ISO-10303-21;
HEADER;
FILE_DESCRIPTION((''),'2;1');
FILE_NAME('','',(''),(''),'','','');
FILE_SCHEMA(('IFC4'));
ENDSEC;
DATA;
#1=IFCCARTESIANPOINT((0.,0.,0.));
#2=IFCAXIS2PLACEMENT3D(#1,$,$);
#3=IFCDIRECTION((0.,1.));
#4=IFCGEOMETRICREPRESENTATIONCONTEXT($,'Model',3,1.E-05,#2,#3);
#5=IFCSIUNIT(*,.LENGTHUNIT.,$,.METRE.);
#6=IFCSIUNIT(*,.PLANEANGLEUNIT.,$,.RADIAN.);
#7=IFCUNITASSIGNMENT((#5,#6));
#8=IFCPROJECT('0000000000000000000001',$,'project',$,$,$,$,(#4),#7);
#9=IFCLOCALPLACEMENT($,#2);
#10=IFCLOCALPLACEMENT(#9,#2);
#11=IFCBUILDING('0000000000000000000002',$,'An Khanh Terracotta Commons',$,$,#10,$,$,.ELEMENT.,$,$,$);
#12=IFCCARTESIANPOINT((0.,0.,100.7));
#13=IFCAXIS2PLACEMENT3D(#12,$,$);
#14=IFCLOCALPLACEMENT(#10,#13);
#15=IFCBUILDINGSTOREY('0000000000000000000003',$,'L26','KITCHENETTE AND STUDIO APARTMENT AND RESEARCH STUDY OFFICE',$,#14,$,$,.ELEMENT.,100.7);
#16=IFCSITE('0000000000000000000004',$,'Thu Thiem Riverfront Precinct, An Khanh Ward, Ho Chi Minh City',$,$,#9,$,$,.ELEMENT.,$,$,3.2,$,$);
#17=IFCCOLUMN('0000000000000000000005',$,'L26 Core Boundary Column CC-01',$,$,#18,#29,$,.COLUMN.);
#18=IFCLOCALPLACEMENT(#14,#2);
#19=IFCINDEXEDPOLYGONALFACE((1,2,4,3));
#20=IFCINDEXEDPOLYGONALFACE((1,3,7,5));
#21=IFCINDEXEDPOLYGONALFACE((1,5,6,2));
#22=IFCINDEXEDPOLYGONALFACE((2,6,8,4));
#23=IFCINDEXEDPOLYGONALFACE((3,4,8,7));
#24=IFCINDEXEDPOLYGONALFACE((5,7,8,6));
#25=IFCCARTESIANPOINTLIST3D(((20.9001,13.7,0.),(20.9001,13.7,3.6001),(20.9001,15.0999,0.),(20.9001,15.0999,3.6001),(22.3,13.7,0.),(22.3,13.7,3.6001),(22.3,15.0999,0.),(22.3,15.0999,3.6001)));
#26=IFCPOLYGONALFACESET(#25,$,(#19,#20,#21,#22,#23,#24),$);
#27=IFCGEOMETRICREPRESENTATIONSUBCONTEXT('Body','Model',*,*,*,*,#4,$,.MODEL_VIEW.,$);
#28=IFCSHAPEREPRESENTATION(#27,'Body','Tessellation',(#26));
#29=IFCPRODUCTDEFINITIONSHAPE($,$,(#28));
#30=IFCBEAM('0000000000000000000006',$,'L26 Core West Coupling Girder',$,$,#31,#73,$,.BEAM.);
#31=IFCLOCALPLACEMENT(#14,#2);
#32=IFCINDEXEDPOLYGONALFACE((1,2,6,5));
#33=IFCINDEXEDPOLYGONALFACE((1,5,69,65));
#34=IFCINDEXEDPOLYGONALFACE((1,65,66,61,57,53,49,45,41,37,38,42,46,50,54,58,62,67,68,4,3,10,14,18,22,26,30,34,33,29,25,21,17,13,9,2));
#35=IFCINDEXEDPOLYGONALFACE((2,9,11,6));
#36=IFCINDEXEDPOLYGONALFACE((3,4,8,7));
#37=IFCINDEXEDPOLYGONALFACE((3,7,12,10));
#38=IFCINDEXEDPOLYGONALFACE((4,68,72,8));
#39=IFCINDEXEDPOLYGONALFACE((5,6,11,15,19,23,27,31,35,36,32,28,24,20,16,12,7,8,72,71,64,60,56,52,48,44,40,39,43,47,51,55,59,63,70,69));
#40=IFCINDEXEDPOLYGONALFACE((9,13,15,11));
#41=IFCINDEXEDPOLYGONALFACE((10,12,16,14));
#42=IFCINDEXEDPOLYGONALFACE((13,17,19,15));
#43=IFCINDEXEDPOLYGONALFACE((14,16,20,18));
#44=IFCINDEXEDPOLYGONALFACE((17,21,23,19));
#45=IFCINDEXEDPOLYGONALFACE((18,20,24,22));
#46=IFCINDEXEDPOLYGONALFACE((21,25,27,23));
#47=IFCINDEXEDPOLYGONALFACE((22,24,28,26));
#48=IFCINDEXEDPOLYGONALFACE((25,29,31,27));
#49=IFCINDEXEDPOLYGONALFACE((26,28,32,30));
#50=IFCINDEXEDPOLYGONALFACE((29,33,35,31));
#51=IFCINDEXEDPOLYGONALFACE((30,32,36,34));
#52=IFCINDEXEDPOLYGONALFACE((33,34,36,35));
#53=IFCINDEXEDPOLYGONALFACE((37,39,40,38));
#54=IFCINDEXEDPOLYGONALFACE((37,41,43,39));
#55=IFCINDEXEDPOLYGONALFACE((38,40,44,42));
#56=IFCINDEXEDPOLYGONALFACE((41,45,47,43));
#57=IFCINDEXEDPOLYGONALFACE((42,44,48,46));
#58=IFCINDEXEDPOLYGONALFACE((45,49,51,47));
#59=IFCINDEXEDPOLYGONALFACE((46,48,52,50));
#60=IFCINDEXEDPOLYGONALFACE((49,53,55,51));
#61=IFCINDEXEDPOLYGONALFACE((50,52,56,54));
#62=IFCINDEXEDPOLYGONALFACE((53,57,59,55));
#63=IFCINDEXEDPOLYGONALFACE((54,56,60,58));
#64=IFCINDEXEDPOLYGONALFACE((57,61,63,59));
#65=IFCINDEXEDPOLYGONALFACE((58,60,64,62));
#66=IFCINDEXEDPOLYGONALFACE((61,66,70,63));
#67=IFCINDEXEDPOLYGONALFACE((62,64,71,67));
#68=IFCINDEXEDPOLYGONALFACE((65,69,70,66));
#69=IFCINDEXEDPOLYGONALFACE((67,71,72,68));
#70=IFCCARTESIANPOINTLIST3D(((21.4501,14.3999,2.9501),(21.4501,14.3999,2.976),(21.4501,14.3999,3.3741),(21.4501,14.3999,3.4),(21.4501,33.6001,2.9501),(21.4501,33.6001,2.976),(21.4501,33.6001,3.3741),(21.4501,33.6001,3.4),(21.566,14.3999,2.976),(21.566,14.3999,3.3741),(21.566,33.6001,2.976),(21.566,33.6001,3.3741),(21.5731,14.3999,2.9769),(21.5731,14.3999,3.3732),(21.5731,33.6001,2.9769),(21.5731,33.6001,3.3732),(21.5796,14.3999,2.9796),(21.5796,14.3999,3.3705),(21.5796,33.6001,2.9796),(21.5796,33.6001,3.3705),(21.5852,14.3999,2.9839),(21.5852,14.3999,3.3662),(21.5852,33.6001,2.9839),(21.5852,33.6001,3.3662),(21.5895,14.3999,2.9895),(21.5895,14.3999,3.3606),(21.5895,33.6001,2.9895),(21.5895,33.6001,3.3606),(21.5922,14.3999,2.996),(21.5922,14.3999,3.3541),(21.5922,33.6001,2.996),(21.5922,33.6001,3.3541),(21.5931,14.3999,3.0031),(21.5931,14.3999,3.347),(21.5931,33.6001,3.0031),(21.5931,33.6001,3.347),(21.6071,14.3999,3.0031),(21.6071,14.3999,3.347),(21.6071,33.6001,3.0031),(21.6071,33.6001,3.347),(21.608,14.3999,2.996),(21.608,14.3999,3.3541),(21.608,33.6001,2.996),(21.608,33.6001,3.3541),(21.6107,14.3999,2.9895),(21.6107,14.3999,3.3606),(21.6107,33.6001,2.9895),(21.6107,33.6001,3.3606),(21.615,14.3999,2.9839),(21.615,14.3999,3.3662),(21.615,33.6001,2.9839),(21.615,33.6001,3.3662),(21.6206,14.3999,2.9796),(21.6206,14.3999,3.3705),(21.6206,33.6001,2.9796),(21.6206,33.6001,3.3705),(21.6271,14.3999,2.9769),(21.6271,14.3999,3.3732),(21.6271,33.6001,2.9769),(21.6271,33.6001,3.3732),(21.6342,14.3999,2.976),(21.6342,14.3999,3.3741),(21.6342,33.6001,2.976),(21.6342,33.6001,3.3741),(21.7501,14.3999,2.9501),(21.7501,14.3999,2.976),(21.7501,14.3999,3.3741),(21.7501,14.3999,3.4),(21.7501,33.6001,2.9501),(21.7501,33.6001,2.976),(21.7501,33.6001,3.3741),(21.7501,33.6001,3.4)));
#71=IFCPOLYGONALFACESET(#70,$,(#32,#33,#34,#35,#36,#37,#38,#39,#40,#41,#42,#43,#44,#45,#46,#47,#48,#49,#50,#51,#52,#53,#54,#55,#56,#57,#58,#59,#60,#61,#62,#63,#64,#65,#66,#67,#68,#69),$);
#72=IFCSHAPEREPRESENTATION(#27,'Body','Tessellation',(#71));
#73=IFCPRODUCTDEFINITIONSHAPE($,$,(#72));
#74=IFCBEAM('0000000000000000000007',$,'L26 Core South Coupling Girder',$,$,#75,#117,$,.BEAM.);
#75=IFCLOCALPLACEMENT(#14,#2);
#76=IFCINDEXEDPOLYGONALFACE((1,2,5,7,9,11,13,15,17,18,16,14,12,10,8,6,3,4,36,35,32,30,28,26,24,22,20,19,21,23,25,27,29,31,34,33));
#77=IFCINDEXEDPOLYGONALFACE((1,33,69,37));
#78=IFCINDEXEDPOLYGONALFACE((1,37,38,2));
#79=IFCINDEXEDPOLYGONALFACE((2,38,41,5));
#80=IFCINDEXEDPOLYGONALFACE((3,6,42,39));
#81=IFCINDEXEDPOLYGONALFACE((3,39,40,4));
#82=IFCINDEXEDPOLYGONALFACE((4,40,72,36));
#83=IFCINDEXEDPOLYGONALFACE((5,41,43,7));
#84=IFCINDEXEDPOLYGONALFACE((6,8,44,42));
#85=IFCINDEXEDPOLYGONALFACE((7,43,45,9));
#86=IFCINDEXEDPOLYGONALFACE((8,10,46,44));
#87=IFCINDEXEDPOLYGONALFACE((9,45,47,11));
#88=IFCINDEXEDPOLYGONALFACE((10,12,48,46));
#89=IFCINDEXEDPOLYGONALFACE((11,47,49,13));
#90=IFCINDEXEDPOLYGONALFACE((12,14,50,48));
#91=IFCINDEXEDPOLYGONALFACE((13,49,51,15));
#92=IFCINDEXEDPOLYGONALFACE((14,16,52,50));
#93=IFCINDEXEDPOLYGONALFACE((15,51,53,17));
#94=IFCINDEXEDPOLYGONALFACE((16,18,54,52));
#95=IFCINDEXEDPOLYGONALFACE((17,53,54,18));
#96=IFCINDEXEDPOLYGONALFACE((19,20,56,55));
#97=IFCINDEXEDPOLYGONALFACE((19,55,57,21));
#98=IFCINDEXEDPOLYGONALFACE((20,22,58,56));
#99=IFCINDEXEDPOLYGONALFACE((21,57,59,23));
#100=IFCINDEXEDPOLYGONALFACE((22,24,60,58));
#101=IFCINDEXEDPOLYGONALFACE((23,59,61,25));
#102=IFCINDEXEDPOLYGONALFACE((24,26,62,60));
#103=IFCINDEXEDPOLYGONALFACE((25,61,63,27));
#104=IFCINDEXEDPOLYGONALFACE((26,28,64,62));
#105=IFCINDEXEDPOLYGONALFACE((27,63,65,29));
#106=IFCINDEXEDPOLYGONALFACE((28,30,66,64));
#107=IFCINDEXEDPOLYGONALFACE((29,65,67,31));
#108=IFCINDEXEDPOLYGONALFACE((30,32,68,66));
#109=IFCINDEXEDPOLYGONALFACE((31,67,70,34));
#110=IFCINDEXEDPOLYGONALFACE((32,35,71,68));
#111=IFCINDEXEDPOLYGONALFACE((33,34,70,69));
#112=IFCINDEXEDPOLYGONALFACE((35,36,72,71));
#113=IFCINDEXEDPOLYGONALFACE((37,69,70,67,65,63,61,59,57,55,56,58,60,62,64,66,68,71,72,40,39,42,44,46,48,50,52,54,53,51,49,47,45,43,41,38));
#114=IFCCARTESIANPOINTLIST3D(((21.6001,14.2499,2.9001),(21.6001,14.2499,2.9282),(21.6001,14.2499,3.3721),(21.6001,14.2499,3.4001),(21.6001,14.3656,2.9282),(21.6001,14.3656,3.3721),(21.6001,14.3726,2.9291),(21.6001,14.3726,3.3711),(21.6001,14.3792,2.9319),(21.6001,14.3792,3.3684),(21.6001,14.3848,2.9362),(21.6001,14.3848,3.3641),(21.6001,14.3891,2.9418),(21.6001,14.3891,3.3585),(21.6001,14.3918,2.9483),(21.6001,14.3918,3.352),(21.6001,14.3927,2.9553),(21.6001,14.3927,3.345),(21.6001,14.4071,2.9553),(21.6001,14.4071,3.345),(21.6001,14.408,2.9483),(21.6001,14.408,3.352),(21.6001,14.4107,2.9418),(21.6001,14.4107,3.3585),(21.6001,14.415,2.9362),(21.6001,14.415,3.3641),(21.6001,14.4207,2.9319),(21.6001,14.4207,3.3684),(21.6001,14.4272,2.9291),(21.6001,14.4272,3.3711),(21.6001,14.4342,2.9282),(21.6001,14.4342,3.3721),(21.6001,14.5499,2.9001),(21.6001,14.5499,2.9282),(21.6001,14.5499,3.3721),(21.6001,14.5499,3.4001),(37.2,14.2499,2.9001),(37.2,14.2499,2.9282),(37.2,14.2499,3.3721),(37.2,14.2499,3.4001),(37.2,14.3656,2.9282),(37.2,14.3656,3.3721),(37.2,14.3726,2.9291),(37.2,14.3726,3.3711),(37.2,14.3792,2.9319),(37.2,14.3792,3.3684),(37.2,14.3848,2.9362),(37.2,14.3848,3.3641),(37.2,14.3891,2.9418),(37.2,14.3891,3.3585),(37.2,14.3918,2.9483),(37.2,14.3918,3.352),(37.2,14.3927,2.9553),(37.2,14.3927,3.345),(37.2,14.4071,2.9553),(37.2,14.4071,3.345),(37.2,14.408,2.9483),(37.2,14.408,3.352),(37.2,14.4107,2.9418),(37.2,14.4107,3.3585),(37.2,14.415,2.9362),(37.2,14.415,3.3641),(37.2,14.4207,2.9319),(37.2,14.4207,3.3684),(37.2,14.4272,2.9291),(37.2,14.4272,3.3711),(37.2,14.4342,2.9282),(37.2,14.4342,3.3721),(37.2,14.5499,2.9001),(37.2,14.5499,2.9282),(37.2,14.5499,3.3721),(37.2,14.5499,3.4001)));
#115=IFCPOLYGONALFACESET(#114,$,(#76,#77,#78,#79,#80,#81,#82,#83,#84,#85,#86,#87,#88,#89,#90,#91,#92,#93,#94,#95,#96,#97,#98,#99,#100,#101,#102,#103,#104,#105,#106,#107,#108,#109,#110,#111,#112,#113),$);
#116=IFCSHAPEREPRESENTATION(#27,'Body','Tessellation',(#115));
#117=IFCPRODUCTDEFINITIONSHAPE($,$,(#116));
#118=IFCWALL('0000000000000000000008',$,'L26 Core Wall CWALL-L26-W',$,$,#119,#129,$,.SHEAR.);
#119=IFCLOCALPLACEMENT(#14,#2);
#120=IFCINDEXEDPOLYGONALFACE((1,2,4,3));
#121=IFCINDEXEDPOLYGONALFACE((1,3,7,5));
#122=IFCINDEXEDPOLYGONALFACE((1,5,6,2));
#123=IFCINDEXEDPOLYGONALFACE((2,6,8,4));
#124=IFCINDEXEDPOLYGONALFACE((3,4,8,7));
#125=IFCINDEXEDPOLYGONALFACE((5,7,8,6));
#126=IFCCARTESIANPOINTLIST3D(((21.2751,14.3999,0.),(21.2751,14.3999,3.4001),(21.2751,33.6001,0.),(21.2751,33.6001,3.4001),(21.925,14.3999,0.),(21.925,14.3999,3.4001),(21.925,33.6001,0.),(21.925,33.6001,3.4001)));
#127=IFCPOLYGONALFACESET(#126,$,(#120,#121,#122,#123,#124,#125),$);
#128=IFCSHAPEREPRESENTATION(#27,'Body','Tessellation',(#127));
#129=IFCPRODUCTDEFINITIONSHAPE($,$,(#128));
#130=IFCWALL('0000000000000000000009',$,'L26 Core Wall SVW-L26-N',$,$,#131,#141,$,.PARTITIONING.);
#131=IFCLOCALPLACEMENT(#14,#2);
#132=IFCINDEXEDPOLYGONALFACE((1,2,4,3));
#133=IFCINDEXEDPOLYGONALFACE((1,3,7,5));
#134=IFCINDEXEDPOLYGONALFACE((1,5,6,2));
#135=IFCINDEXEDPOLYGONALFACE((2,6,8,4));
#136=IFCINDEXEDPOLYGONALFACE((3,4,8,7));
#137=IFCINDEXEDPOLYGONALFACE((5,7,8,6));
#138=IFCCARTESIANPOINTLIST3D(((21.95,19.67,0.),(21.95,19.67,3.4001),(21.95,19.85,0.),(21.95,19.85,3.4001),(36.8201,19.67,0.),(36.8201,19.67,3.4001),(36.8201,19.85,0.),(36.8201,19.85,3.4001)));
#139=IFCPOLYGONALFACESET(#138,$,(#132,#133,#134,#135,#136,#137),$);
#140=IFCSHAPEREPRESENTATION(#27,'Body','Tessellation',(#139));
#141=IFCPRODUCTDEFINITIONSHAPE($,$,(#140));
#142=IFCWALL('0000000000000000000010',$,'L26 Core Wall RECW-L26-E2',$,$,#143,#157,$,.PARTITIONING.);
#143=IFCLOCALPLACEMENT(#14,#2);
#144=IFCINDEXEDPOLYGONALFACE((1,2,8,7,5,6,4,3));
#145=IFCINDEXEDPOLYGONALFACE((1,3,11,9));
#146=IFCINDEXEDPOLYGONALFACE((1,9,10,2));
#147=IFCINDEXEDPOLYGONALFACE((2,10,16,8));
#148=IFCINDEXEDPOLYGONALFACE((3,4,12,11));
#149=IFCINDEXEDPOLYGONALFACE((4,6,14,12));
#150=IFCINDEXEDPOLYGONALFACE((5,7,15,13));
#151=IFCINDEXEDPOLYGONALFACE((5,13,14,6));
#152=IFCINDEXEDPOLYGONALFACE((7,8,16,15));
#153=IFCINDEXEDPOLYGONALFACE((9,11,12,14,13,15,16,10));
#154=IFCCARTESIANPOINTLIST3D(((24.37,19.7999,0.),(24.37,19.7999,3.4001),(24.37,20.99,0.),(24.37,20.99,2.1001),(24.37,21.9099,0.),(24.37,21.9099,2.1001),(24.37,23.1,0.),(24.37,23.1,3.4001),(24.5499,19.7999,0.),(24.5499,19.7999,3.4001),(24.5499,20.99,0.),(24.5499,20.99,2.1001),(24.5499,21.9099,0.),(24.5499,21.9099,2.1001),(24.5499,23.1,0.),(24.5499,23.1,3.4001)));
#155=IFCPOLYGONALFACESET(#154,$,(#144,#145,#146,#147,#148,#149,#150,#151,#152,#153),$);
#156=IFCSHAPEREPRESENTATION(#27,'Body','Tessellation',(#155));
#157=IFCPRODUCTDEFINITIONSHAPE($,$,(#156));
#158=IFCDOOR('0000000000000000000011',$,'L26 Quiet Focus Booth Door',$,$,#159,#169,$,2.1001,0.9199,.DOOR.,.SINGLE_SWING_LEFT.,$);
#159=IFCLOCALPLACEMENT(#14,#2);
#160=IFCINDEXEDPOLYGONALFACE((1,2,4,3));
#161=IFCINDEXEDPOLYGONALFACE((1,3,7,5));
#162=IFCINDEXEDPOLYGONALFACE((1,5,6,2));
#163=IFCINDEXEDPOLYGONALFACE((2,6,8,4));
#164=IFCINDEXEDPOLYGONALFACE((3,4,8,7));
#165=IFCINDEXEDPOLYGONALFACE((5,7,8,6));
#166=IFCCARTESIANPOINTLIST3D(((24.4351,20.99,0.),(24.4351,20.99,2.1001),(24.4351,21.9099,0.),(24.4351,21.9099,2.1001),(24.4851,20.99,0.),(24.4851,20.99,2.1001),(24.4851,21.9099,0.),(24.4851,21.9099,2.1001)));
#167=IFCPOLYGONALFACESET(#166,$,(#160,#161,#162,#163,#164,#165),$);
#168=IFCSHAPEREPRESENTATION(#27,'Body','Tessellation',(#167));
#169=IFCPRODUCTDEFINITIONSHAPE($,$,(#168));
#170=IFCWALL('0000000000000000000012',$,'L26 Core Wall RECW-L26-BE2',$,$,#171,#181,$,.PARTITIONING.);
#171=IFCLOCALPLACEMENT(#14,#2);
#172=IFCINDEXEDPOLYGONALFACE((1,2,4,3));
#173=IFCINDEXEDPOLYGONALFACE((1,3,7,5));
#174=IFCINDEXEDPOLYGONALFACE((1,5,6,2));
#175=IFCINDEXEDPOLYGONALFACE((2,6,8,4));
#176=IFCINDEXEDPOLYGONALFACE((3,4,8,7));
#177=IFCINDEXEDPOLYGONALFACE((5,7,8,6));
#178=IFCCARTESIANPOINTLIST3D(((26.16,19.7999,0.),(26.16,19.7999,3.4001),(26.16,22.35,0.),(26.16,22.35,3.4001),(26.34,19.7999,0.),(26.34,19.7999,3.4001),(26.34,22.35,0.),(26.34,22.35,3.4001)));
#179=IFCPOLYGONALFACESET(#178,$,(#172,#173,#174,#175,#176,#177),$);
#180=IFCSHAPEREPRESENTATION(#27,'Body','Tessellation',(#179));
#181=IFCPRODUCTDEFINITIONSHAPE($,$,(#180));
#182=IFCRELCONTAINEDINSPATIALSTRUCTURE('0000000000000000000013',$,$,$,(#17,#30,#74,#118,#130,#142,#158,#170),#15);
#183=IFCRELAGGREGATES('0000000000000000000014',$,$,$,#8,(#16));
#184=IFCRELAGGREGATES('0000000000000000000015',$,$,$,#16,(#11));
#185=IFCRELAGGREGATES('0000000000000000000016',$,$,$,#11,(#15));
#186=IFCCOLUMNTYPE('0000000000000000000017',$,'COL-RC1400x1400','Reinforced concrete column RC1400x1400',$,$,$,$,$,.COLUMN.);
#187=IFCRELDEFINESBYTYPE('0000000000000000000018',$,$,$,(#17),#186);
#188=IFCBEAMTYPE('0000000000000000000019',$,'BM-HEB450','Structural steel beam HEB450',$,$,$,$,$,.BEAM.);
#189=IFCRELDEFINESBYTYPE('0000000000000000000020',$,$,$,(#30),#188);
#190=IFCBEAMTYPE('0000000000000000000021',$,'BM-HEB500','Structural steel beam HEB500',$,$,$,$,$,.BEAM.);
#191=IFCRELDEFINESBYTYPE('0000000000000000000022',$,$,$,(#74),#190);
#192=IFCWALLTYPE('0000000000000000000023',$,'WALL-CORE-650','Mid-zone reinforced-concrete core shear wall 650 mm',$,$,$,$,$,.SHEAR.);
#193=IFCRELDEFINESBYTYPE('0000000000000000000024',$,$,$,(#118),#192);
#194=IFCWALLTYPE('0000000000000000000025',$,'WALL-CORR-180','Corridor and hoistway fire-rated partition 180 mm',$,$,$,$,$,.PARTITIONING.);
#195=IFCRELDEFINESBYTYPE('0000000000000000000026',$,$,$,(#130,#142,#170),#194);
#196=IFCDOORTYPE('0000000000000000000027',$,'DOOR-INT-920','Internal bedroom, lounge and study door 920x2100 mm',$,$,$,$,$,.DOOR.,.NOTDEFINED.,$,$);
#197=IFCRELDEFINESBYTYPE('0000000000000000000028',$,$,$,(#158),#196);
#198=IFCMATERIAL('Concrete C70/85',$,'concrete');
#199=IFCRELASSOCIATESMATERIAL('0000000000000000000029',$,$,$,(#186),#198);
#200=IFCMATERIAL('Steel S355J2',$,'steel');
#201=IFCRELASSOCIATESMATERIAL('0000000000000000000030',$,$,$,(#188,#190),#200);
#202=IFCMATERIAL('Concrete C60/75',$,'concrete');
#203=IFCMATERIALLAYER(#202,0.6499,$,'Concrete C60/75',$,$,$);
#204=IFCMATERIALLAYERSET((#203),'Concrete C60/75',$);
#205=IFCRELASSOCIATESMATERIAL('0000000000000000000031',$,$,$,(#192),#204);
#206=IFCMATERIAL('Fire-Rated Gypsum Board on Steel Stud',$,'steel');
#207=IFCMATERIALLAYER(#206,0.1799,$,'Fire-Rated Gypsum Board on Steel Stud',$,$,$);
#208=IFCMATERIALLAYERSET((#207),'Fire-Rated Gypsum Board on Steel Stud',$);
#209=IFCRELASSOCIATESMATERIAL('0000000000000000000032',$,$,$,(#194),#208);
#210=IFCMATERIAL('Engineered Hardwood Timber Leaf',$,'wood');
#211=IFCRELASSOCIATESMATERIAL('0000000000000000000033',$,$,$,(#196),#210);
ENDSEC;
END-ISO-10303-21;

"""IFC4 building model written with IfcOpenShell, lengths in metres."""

from ifc_helpers import new_model, si_unit, direction, frame, frame_2d, origin, origin_2d, place, context, subcontext, project, spatial, rectangle, i_section, extrude, material, layer, layer_set, material_profile, profile_set, type_object, element, fill, save


model = new_model("IFC4")

# Units and contexts
model_context = context("Model", 3, precision=1e-05, world=origin(), true_north=direction((0.0, 1.0)))
body_context = subcontext(model_context, "Body", "Model", "MODEL_VIEW")
ifc_project = project(units=[si_unit("LENGTHUNIT", "METRE"), si_unit("PLANEANGLEUNIT", "RADIAN")], contexts=[model_context])

# Site, building, storey
site_placement = place(None, origin())
site = spatial("IfcSite", under=ifc_project, at=site_placement, Name="Thu Thiem Riverfront Precinct, An Khanh Ward, Ho Chi Minh City", CompositionType="ELEMENT", RefElevation=3.2)
building_placement = place(site_placement, origin())
building = spatial("IfcBuilding", under=site, at=building_placement, Name="An Khanh Terracotta Commons", CompositionType="ELEMENT")
storey_placement = place(building_placement, frame((0.0, 0.0, 100.7)))
storey = spatial("IfcBuildingStorey", under=building, at=storey_placement, Name="L26", Description="KITCHENETTE AND STUDIO APARTMENT AND RESEARCH STUDY OFFICE", CompositionType="ELEMENT", Elevation=100.7)

# Column
ifc_material_1 = material(Name="Concrete C70/85", Category="concrete")
ifc_material_profile_1 = material_profile(ifc_material_1, rectangle(XDim=1.3999, YDim=1.3999, at=origin_2d()), Name="RC1400x1400")
ifc_profile_set_1 = profile_set([ifc_material_profile_1], Name="Concrete C70/85")
column_type = type_object("IfcColumnType", Name="COL-RC1400x1400", Description="Reinforced concrete column RC1400x1400", PredefinedType="COLUMN", material=ifc_profile_set_1)
column_placement = place(storey_placement, frame((21.6001, 14.3999, 0.0), z_axis=(0.0, 0.0, 1.0), x_axis=(1.0, 0.0, 0.0)))
element("IfcColumn", 1, at=column_placement, inside=storey, type_object=column_type, Name="L26 Core Boundary Column CC-01", PredefinedType="COLUMN", context=body_context, shape_type="SweptSolid", body=[
    extrude(rectangle(XDim=1.3999, YDim=1.3999, at=origin_2d()), origin(), (0.0, 0.0, 1.0), 3.6001),
])

# Beams
ifc_material_2 = material(Name="Steel S355J2", Category="steel")
ifc_material_profile_2 = material_profile(ifc_material_2, i_section(OverallWidth=0.3, OverallDepth=0.45, WebThickness=0.0139, FlangeThickness=0.0259, FilletRadius=0.0271, at=origin_2d()), Name="HEB450")
ifc_profile_set_2 = profile_set([ifc_material_profile_2], Name="Steel S355J2")
beam_type_1 = type_object("IfcBeamType", Name="BM-HEB450", Description="Structural steel beam HEB450", PredefinedType="BEAM", material=ifc_profile_set_2)
beam_1_placement = place(storey_placement, frame((21.6001, 14.3999, 3.175), z_axis=(0.0, 1.0, 0.0), x_axis=(-1.0, 0.0, 0.0)))
element("IfcBeam", 2, at=beam_1_placement, inside=storey, type_object=beam_type_1, Name="L26 Core West Coupling Girder", PredefinedType="BEAM", context=body_context, shape_type="SweptSolid", body=[
    extrude(i_section(OverallWidth=0.3, OverallDepth=0.45, WebThickness=0.0139, FlangeThickness=0.0259, FilletRadius=0.0271, at=origin_2d()), origin(), (0.0, 0.0, 1.0), 19.2002),
])
ifc_material_profile_3 = material_profile(ifc_material_2, i_section(OverallWidth=0.3, OverallDepth=0.5, WebThickness=0.0144, FlangeThickness=0.0281, FilletRadius=0.0271, at=origin_2d()), Name="HEB500")
ifc_profile_set_3 = profile_set([ifc_material_profile_3], Name="Steel S355J2")
beam_type_2 = type_object("IfcBeamType", Name="BM-HEB500", Description="Structural steel beam HEB500", PredefinedType="BEAM", material=ifc_profile_set_3)
beam_2_placement = place(storey_placement, frame((21.6001, 14.3999, 3.1501), z_axis=(1.0, 0.0, 0.0), x_axis=(0.0, 1.0, 0.0)))
element("IfcBeam", 3, at=beam_2_placement, inside=storey, type_object=beam_type_2, Name="L26 Core South Coupling Girder", PredefinedType="BEAM", context=body_context, shape_type="SweptSolid", body=[
    extrude(i_section(OverallWidth=0.3, OverallDepth=0.5, WebThickness=0.0144, FlangeThickness=0.0281, FilletRadius=0.0271, at=origin_2d()), origin(), (0.0, 0.0, 1.0), 15.5999),
])

# Walls
ifc_material_3 = material(Name="Concrete C60/75", Category="concrete")
ifc_layer_1 = layer(ifc_material_3, 0.6499, Name="Concrete C60/75")
ifc_layer_set_1 = layer_set([ifc_layer_1], Name="Concrete C60/75")
wall_type_1 = type_object("IfcWallType", Name="WALL-CORE-650", Description="Mid-zone reinforced-concrete core shear wall 650 mm", PredefinedType="SHEAR", material=ifc_layer_set_1)
wall_1_placement = place(storey_placement, frame((21.6001, 14.3999, 0.0), z_axis=(0.0, 0.0, 1.0), x_axis=(0.0, 1.0, 0.0)))
element("IfcWall", 4, at=wall_1_placement, inside=storey, type_object=wall_type_1, Name="L26 Core Wall CWALL-L26-W", PredefinedType="SHEAR", context=body_context, shape_type="SweptSolid", body=[
    extrude(rectangle(XDim=19.2002, YDim=0.6499, at=frame_2d((9.6001, 0.0))), origin(), (0.0, 0.0, 1.0), 3.4001),
])
ifc_material_4 = material(Name="Fire-Rated Gypsum Board on Steel Stud", Category="steel")
ifc_layer_2 = layer(ifc_material_4, 0.1799, Name="Fire-Rated Gypsum Board on Steel Stud")
ifc_layer_set_2 = layer_set([ifc_layer_2], Name="Fire-Rated Gypsum Board on Steel Stud")
wall_type_2 = type_object("IfcWallType", Name="WALL-CORR-180", Description="Corridor and hoistway fire-rated partition 180 mm", PredefinedType="PARTITIONING", material=ifc_layer_set_2)
wall_2_placement = place(storey_placement, frame((21.95, 19.76, 0.0), z_axis=(0.0, 0.0, 1.0), x_axis=(1.0, 0.0, 0.0)))
element("IfcWall", 5, at=wall_2_placement, inside=storey, type_object=wall_type_2, Name="L26 Core Wall SVW-L26-N", PredefinedType="PARTITIONING", context=body_context, shape_type="SweptSolid", body=[
    extrude(rectangle(XDim=14.8701, YDim=0.1799, at=frame_2d((7.4351, 0.0))), origin(), (0.0, 0.0, 1.0), 3.4001),
])

# Wall, opening, door
wall_3_placement = place(storey_placement, frame((24.46, 19.8, 0.0), z_axis=(0.0, 0.0, 1.0), x_axis=(0.0, 1.0, 0.0)))
wall_3 = element("IfcWall", 6, at=wall_3_placement, inside=storey, type_object=wall_type_2, Name="L26 Core Wall RECW-L26-E2", PredefinedType="PARTITIONING", context=body_context, shape_type="SweptSolid", body=[
    extrude(rectangle(XDim=3.3, YDim=0.1799, at=frame_2d((1.6499, 0.0))), origin(), (0.0, 0.0, 1.0), 3.4001),
])
opening_1_placement = place(wall_3_placement, frame((1.1899, 0.0, 0.0)))
opening_1 = element("IfcOpeningElement", 7, at=opening_1_placement, cuts=wall_3, PredefinedType="OPENING", context=body_context, shape_type="SweptSolid", body=[
    extrude(rectangle(XDim=0.9199, YDim=2.1001, at=frame_2d((0.46, 1.05))), frame((0.0, 0.0999, 0.0), z_axis=(0.0, -1.0, 0.0), x_axis=(1.0, 0.0, 0.0)), (0.0, 0.0, 1.0), 0.2),
])
ifc_material_5 = material(Name="Engineered Hardwood Timber Leaf", Category="wood")
door_type_1 = type_object("IfcDoorType", Name="DOOR-INT-920", Description="Internal bedroom, lounge and study door 920x2100 mm", OperationType="NOTDEFINED", PredefinedType="DOOR", material=ifc_material_5)
door_1_placement = place(opening_1_placement, origin())
door_1 = element("IfcDoor", 8, at=door_1_placement, inside=storey, type_object=door_type_1, Name="L26 Quiet Focus Booth Door", OperationType="SINGLE_SWING_LEFT", OverallHeight=2.1001, OverallWidth=0.9199, PredefinedType="DOOR", context=body_context, shape_type="SweptSolid", body=[
    extrude(rectangle(XDim=0.9199, YDim=2.1001, at=frame_2d((0.46, 1.05))), frame((0.0, 0.0249, 0.0), z_axis=(0.0, -1.0, 0.0), x_axis=(1.0, 0.0, 0.0)), (0.0, 0.0, 1.0), 0.05),
])
fill(opening_1, door_1)

# Wall
wall_4_placement = place(storey_placement, frame((26.25, 19.8, 0.0), z_axis=(0.0, 0.0, 1.0), x_axis=(0.0, 1.0, 0.0)))
element("IfcWall", 9, at=wall_4_placement, inside=storey, type_object=wall_type_2, Name="L26 Core Wall RECW-L26-BE2", PredefinedType="PARTITIONING", context=body_context, shape_type="SweptSolid", body=[
    extrude(rectangle(XDim=2.55, YDim=0.1799, at=frame_2d((1.2749, 0.0))), origin(), (0.0, 0.0, 1.0), 3.4001),
])

save(model, "model.ifc")
